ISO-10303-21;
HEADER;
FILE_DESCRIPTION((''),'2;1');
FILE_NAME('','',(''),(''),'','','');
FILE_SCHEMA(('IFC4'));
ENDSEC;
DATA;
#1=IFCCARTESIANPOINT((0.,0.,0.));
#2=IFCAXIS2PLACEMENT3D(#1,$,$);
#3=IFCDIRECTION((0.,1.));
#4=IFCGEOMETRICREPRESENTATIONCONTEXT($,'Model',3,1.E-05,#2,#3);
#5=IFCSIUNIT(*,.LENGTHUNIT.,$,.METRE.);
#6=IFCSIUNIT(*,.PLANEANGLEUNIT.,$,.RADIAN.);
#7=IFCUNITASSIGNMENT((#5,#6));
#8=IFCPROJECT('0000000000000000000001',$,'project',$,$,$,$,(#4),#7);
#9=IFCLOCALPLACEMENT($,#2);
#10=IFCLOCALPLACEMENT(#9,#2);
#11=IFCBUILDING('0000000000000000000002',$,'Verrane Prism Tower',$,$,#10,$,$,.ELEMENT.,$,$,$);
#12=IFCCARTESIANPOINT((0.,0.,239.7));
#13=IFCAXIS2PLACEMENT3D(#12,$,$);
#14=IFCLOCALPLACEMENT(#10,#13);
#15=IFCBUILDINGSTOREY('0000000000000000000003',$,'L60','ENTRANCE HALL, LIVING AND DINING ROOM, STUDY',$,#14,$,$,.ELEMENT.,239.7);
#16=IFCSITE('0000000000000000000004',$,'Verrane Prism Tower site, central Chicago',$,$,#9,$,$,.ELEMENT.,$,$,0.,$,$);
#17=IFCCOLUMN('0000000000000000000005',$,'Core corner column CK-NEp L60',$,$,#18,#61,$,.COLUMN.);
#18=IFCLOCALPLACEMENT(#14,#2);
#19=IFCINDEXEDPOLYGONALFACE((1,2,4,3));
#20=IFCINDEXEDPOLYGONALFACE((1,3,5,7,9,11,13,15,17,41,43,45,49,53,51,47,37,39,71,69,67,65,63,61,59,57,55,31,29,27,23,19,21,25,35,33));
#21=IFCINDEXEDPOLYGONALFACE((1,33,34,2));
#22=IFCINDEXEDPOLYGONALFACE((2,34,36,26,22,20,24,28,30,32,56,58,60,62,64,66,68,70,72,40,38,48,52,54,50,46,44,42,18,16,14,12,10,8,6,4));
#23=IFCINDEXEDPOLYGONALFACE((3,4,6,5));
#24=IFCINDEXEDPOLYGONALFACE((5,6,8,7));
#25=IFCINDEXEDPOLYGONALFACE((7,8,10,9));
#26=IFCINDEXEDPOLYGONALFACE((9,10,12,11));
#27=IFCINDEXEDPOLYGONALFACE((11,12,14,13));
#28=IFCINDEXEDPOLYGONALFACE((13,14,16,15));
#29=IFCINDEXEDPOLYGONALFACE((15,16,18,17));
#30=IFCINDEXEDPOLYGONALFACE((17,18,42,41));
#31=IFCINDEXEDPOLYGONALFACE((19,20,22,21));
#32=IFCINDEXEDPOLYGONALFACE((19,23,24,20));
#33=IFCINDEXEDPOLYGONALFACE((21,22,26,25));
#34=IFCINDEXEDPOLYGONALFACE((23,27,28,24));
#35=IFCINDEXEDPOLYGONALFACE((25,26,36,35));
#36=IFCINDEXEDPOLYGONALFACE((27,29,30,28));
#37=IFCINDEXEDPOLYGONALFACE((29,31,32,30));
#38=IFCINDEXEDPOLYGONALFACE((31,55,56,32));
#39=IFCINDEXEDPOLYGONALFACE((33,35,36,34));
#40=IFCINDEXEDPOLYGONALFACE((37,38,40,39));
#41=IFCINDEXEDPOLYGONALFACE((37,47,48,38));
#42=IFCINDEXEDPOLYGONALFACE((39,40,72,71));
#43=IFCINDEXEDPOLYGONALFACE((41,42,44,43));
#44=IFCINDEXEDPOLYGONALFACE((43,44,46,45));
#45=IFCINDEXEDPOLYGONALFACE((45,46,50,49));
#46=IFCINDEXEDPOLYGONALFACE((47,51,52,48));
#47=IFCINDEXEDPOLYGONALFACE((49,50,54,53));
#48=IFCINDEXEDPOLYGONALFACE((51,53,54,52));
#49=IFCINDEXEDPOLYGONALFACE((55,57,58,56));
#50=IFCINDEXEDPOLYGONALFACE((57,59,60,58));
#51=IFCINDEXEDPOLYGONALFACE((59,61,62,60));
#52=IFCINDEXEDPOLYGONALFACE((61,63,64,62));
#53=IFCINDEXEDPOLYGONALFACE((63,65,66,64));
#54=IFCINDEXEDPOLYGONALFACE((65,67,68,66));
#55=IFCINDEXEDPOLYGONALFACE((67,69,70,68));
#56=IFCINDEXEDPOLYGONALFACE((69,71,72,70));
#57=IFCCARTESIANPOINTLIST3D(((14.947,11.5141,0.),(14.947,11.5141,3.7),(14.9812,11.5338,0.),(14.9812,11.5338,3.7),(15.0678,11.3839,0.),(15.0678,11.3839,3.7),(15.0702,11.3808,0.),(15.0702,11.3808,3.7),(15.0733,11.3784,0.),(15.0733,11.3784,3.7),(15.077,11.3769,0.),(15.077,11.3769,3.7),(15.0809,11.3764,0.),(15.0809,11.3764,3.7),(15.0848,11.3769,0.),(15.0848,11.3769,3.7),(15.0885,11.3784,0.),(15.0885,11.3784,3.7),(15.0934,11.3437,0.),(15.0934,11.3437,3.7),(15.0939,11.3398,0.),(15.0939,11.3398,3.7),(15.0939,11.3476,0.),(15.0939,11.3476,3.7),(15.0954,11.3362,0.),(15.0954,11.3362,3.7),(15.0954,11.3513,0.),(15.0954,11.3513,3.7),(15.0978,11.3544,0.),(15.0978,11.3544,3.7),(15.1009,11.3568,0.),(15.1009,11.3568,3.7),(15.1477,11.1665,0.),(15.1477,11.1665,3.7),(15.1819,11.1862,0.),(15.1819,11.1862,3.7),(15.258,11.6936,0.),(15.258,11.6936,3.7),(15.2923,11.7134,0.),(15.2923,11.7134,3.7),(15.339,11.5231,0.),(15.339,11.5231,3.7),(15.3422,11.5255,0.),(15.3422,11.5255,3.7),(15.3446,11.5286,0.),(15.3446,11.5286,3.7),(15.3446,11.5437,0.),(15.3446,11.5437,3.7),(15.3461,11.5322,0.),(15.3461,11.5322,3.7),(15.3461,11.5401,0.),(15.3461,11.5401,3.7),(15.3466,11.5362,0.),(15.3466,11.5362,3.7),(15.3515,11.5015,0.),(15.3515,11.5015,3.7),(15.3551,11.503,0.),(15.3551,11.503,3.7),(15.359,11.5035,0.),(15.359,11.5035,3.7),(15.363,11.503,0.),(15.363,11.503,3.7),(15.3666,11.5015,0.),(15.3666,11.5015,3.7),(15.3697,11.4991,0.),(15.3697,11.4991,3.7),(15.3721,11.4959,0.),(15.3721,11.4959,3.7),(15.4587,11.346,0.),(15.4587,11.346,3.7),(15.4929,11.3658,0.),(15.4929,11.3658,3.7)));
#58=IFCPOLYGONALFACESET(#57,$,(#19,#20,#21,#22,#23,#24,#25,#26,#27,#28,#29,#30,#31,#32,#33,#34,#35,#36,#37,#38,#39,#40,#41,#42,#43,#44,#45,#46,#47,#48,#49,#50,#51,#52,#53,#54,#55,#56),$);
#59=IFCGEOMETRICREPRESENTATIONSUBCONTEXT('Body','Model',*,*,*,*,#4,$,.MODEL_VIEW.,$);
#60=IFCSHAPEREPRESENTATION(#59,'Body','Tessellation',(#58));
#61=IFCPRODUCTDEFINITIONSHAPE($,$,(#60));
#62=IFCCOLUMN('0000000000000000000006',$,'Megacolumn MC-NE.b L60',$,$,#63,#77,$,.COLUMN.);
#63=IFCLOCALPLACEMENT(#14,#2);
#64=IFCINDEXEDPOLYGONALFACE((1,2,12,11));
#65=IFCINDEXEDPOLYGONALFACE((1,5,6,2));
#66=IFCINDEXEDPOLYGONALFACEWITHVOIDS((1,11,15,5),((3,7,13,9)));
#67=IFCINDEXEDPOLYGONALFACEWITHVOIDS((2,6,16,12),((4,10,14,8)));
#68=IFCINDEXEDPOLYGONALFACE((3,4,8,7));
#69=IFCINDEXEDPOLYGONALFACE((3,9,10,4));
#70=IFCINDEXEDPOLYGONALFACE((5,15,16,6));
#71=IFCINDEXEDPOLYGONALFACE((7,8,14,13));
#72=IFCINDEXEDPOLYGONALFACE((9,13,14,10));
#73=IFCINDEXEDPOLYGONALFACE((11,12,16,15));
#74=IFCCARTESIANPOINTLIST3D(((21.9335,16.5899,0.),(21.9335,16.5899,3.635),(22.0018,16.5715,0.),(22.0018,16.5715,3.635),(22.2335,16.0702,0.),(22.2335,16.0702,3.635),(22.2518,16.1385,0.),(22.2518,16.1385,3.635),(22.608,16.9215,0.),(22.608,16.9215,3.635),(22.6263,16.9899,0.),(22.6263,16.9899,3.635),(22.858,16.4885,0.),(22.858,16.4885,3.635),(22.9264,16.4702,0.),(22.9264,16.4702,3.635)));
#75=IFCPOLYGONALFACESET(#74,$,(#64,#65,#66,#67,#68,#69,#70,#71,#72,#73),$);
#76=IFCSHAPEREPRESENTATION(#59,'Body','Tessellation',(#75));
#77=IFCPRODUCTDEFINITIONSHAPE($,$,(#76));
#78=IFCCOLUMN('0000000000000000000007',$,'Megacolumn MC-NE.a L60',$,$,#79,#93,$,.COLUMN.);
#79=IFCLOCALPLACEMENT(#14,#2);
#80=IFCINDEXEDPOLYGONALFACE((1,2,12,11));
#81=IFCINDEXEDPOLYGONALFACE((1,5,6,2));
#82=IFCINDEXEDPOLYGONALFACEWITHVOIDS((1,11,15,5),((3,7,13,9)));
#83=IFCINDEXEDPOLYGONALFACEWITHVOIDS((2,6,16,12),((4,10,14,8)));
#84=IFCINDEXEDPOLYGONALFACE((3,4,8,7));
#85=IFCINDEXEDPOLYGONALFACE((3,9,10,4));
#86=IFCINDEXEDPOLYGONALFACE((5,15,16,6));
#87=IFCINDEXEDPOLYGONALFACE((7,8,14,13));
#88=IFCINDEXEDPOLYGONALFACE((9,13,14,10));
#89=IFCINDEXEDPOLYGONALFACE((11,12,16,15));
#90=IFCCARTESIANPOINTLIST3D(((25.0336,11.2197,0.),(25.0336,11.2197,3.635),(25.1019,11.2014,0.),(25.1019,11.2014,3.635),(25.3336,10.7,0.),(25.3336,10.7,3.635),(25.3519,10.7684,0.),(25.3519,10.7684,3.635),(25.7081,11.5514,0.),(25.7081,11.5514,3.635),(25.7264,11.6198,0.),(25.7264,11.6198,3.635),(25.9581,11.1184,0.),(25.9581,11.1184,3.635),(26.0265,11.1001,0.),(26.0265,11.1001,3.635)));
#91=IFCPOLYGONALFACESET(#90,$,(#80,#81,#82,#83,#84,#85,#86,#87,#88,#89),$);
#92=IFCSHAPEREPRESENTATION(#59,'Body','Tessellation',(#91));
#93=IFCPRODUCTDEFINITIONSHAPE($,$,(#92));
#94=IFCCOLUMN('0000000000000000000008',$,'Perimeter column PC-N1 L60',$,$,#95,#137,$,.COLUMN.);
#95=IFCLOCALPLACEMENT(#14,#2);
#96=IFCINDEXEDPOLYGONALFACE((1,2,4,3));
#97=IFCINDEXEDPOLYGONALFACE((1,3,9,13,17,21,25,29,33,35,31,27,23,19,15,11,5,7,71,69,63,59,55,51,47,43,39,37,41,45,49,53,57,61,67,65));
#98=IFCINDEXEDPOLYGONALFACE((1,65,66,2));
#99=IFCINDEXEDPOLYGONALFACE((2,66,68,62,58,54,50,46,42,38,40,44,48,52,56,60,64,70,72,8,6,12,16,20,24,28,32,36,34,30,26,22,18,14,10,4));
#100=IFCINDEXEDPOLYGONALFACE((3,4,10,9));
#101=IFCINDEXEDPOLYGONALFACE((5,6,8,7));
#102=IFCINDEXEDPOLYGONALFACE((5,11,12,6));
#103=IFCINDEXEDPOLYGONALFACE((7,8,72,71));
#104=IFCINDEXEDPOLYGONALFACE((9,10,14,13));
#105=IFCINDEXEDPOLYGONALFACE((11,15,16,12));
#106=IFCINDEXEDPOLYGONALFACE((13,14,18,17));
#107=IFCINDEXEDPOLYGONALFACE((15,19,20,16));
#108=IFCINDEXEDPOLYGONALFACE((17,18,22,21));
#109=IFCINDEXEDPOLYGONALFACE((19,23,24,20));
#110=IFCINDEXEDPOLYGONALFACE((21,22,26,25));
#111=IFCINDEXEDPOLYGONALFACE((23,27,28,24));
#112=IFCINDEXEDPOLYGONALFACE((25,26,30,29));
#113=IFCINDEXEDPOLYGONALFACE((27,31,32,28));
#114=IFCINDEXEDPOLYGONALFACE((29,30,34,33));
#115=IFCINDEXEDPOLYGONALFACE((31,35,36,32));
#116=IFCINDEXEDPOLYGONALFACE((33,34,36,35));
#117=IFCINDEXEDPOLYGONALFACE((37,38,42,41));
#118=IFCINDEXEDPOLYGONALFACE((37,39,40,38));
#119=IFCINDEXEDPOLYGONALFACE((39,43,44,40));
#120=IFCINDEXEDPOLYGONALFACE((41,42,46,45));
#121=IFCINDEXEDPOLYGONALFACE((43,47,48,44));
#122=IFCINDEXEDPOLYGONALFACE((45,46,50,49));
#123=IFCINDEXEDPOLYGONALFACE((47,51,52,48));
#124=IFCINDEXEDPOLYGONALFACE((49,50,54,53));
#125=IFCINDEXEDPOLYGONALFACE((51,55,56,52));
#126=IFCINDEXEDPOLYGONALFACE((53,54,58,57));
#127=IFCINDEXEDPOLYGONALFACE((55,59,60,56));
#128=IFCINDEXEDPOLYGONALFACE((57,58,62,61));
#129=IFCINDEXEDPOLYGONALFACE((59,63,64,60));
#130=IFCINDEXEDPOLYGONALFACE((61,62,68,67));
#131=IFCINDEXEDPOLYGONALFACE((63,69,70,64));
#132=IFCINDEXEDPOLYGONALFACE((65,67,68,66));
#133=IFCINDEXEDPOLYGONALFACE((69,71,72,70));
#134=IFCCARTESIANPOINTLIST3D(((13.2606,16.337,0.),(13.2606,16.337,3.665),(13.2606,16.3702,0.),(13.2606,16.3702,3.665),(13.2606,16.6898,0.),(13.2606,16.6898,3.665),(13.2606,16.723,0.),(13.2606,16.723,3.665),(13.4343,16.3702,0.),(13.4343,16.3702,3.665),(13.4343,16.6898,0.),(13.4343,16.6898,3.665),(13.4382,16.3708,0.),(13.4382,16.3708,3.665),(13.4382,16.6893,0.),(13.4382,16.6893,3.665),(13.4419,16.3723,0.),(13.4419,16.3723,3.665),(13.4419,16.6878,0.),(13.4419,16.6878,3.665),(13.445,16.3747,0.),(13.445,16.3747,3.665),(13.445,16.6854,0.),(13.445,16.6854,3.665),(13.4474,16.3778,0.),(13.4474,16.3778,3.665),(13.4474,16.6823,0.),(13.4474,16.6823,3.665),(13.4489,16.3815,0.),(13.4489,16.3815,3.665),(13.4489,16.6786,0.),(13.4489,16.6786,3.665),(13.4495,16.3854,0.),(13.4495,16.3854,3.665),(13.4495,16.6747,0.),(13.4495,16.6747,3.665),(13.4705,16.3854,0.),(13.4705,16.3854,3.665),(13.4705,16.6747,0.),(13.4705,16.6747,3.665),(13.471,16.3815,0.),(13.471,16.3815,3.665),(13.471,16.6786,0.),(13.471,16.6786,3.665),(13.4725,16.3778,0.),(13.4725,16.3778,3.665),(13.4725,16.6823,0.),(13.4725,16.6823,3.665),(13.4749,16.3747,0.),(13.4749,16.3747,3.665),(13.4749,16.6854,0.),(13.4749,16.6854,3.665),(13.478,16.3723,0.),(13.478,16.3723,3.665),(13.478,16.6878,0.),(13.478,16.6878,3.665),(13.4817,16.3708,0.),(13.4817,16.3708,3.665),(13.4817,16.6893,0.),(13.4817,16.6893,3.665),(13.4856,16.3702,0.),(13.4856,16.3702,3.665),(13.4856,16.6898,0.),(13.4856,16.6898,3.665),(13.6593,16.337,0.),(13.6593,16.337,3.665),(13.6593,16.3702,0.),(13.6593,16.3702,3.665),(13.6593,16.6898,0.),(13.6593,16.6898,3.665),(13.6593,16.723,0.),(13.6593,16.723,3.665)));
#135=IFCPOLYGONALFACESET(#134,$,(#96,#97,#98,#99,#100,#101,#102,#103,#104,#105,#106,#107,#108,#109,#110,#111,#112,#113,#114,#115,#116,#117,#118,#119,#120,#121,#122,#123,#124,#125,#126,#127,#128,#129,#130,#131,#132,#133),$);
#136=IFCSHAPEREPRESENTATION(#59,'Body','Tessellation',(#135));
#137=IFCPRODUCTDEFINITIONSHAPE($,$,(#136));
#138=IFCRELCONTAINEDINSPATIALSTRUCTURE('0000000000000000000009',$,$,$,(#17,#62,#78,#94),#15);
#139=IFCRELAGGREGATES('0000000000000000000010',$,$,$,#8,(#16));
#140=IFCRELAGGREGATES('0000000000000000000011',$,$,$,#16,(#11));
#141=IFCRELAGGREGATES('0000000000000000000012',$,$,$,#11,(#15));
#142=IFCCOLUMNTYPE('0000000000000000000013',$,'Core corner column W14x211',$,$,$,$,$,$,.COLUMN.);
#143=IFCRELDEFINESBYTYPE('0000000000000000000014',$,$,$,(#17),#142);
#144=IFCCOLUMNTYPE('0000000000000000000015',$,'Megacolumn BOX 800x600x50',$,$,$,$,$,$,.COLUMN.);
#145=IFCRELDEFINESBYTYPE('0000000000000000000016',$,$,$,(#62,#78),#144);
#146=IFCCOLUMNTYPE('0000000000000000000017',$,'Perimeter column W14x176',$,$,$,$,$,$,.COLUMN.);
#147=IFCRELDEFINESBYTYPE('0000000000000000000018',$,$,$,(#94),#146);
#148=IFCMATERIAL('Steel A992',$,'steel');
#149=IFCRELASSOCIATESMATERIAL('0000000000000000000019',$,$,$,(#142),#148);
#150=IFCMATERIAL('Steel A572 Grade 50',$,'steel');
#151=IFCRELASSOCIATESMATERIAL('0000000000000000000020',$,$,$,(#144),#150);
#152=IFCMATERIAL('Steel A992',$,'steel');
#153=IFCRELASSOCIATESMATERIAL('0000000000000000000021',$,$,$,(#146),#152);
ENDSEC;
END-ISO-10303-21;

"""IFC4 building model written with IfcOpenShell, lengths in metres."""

from ifc_helpers import new_model, si_unit, direction, frame, origin, origin_2d, place, context, subcontext, project, spatial, hollow_rectangle, i_section, extrude, material, material_profile, profile_set, type_object, element, save


model = new_model("IFC4")

# Units and contexts
model_context = context("Model", 3, precision=1e-05, world=origin(), true_north=direction((0.0, 1.0)))
body_context = subcontext(model_context, "Body", "Model", "MODEL_VIEW")
ifc_project = project(units=[si_unit("LENGTHUNIT", "METRE"), si_unit("PLANEANGLEUNIT", "RADIAN")], contexts=[model_context])

# Site, building, storey
site_placement = place(None, origin())
site = spatial("IfcSite", under=ifc_project, at=site_placement, Name="Verrane Prism Tower site, central Chicago", CompositionType="ELEMENT", RefElevation=0.0)
building_placement = place(site_placement, origin())
building = spatial("IfcBuilding", under=site, at=building_placement, Name="Verrane Prism Tower", CompositionType="ELEMENT")
storey_placement = place(building_placement, frame((0.0, 0.0, 239.7)))
storey = spatial("IfcBuildingStorey", under=building, at=storey_placement, Name="L60", Description="ENTRANCE HALL, LIVING AND DINING ROOM, STUDY", CompositionType="ELEMENT", Elevation=239.7)

# Columns
ifc_material_1 = material(Name="Steel A992", Category="steel")
ifc_material_profile_1 = material_profile(ifc_material_1, i_section(OverallWidth=0.4014, OverallDepth=0.3987, WebThickness=0.0249, FlangeThickness=0.0396, FilletRadius=0.0151, at=origin_2d()), Name="W14x211")
ifc_profile_set_1 = profile_set([ifc_material_profile_1], Name="Steel A992")
column_type_1 = type_object("IfcColumnType", Name="Core corner column W14x211", PredefinedType="COLUMN", material=ifc_profile_set_1)
column_1_placement = place(storey_placement, frame((15.22, 11.4399, 0.0), z_axis=(0.0, 0.0, 1.0), x_axis=(0.5, -0.866025, 0.0)))
element("IfcColumn", 1, at=column_1_placement, inside=storey, type_object=column_type_1, Name="Core corner column CK-NEp L60", PredefinedType="COLUMN", context=body_context, shape_type="SweptSolid", body=[
    extrude(i_section(OverallWidth=0.4014, OverallDepth=0.3987, WebThickness=0.0249, FlangeThickness=0.0396, FilletRadius=0.0151, at=origin_2d()), origin(), (0.0, 0.0, 1.0), 3.7),
])
ifc_material_2 = material(Name="Steel A572 Grade 50", Category="steel")
ifc_material_profile_2 = material_profile(ifc_material_2, hollow_rectangle(XDim=0.6001, YDim=0.8, WallThickness=0.05, at=origin_2d()), Name="BOX 800x600x50")
ifc_profile_set_2 = profile_set([ifc_material_profile_2], Name="Steel A572 Grade 50")
column_type_2 = type_object("IfcColumnType", Name="Megacolumn BOX 800x600x50", PredefinedType="COLUMN", material=ifc_profile_set_2)
for number, where, z_axis, x_axis, name in (
    (2, (22.4299, 16.53, 0.0), (0.0, 0.0, 1.0), (0.5, -0.866025, 0.0), "Megacolumn MC-NE.b L60"),
    (3, (25.53, 11.1599, 0.0), (0.0, 0.0, 1.0), (0.5, -0.866025, 0.0), "Megacolumn MC-NE.a L60"),
):
    element("IfcColumn", number, at=place(storey_placement, frame(where, z_axis=z_axis, x_axis=x_axis)), inside=storey, type_object=column_type_2, Name=name, PredefinedType="COLUMN", context=body_context, shape_type="SweptSolid", body=[
        extrude(hollow_rectangle(XDim=0.6001, YDim=0.8, WallThickness=0.05, at=origin_2d()), origin(), (0.0, 0.0, 1.0), 3.635),
    ])
ifc_material_3 = material(Name="Steel A992", Category="steel")
ifc_material_profile_3 = material_profile(ifc_material_3, i_section(OverallWidth=0.3987, OverallDepth=0.386, WebThickness=0.021, FlangeThickness=0.0332, FilletRadius=0.0151, at=origin_2d()), Name="W14x176")
ifc_profile_set_3 = profile_set([ifc_material_profile_3], Name="Steel A992")
column_type_3 = type_object("IfcColumnType", Name="Perimeter column W14x176", PredefinedType="COLUMN", material=ifc_profile_set_3)
column_2_placement = place(storey_placement, frame((13.46, 16.53, 0.0), z_axis=(0.0, 0.0, 1.0), x_axis=(1.0, 0.0, 0.0)))
element("IfcColumn", 4, at=column_2_placement, inside=storey, type_object=column_type_3, Name="Perimeter column PC-N1 L60", PredefinedType="COLUMN", context=body_context, shape_type="SweptSolid", body=[
    extrude(i_section(OverallWidth=0.3987, OverallDepth=0.386, WebThickness=0.021, FlangeThickness=0.0332, FilletRadius=0.0151, at=origin_2d()), origin(), (0.0, 0.0, 1.0), 3.665),
])

save(model, "model.ifc")
